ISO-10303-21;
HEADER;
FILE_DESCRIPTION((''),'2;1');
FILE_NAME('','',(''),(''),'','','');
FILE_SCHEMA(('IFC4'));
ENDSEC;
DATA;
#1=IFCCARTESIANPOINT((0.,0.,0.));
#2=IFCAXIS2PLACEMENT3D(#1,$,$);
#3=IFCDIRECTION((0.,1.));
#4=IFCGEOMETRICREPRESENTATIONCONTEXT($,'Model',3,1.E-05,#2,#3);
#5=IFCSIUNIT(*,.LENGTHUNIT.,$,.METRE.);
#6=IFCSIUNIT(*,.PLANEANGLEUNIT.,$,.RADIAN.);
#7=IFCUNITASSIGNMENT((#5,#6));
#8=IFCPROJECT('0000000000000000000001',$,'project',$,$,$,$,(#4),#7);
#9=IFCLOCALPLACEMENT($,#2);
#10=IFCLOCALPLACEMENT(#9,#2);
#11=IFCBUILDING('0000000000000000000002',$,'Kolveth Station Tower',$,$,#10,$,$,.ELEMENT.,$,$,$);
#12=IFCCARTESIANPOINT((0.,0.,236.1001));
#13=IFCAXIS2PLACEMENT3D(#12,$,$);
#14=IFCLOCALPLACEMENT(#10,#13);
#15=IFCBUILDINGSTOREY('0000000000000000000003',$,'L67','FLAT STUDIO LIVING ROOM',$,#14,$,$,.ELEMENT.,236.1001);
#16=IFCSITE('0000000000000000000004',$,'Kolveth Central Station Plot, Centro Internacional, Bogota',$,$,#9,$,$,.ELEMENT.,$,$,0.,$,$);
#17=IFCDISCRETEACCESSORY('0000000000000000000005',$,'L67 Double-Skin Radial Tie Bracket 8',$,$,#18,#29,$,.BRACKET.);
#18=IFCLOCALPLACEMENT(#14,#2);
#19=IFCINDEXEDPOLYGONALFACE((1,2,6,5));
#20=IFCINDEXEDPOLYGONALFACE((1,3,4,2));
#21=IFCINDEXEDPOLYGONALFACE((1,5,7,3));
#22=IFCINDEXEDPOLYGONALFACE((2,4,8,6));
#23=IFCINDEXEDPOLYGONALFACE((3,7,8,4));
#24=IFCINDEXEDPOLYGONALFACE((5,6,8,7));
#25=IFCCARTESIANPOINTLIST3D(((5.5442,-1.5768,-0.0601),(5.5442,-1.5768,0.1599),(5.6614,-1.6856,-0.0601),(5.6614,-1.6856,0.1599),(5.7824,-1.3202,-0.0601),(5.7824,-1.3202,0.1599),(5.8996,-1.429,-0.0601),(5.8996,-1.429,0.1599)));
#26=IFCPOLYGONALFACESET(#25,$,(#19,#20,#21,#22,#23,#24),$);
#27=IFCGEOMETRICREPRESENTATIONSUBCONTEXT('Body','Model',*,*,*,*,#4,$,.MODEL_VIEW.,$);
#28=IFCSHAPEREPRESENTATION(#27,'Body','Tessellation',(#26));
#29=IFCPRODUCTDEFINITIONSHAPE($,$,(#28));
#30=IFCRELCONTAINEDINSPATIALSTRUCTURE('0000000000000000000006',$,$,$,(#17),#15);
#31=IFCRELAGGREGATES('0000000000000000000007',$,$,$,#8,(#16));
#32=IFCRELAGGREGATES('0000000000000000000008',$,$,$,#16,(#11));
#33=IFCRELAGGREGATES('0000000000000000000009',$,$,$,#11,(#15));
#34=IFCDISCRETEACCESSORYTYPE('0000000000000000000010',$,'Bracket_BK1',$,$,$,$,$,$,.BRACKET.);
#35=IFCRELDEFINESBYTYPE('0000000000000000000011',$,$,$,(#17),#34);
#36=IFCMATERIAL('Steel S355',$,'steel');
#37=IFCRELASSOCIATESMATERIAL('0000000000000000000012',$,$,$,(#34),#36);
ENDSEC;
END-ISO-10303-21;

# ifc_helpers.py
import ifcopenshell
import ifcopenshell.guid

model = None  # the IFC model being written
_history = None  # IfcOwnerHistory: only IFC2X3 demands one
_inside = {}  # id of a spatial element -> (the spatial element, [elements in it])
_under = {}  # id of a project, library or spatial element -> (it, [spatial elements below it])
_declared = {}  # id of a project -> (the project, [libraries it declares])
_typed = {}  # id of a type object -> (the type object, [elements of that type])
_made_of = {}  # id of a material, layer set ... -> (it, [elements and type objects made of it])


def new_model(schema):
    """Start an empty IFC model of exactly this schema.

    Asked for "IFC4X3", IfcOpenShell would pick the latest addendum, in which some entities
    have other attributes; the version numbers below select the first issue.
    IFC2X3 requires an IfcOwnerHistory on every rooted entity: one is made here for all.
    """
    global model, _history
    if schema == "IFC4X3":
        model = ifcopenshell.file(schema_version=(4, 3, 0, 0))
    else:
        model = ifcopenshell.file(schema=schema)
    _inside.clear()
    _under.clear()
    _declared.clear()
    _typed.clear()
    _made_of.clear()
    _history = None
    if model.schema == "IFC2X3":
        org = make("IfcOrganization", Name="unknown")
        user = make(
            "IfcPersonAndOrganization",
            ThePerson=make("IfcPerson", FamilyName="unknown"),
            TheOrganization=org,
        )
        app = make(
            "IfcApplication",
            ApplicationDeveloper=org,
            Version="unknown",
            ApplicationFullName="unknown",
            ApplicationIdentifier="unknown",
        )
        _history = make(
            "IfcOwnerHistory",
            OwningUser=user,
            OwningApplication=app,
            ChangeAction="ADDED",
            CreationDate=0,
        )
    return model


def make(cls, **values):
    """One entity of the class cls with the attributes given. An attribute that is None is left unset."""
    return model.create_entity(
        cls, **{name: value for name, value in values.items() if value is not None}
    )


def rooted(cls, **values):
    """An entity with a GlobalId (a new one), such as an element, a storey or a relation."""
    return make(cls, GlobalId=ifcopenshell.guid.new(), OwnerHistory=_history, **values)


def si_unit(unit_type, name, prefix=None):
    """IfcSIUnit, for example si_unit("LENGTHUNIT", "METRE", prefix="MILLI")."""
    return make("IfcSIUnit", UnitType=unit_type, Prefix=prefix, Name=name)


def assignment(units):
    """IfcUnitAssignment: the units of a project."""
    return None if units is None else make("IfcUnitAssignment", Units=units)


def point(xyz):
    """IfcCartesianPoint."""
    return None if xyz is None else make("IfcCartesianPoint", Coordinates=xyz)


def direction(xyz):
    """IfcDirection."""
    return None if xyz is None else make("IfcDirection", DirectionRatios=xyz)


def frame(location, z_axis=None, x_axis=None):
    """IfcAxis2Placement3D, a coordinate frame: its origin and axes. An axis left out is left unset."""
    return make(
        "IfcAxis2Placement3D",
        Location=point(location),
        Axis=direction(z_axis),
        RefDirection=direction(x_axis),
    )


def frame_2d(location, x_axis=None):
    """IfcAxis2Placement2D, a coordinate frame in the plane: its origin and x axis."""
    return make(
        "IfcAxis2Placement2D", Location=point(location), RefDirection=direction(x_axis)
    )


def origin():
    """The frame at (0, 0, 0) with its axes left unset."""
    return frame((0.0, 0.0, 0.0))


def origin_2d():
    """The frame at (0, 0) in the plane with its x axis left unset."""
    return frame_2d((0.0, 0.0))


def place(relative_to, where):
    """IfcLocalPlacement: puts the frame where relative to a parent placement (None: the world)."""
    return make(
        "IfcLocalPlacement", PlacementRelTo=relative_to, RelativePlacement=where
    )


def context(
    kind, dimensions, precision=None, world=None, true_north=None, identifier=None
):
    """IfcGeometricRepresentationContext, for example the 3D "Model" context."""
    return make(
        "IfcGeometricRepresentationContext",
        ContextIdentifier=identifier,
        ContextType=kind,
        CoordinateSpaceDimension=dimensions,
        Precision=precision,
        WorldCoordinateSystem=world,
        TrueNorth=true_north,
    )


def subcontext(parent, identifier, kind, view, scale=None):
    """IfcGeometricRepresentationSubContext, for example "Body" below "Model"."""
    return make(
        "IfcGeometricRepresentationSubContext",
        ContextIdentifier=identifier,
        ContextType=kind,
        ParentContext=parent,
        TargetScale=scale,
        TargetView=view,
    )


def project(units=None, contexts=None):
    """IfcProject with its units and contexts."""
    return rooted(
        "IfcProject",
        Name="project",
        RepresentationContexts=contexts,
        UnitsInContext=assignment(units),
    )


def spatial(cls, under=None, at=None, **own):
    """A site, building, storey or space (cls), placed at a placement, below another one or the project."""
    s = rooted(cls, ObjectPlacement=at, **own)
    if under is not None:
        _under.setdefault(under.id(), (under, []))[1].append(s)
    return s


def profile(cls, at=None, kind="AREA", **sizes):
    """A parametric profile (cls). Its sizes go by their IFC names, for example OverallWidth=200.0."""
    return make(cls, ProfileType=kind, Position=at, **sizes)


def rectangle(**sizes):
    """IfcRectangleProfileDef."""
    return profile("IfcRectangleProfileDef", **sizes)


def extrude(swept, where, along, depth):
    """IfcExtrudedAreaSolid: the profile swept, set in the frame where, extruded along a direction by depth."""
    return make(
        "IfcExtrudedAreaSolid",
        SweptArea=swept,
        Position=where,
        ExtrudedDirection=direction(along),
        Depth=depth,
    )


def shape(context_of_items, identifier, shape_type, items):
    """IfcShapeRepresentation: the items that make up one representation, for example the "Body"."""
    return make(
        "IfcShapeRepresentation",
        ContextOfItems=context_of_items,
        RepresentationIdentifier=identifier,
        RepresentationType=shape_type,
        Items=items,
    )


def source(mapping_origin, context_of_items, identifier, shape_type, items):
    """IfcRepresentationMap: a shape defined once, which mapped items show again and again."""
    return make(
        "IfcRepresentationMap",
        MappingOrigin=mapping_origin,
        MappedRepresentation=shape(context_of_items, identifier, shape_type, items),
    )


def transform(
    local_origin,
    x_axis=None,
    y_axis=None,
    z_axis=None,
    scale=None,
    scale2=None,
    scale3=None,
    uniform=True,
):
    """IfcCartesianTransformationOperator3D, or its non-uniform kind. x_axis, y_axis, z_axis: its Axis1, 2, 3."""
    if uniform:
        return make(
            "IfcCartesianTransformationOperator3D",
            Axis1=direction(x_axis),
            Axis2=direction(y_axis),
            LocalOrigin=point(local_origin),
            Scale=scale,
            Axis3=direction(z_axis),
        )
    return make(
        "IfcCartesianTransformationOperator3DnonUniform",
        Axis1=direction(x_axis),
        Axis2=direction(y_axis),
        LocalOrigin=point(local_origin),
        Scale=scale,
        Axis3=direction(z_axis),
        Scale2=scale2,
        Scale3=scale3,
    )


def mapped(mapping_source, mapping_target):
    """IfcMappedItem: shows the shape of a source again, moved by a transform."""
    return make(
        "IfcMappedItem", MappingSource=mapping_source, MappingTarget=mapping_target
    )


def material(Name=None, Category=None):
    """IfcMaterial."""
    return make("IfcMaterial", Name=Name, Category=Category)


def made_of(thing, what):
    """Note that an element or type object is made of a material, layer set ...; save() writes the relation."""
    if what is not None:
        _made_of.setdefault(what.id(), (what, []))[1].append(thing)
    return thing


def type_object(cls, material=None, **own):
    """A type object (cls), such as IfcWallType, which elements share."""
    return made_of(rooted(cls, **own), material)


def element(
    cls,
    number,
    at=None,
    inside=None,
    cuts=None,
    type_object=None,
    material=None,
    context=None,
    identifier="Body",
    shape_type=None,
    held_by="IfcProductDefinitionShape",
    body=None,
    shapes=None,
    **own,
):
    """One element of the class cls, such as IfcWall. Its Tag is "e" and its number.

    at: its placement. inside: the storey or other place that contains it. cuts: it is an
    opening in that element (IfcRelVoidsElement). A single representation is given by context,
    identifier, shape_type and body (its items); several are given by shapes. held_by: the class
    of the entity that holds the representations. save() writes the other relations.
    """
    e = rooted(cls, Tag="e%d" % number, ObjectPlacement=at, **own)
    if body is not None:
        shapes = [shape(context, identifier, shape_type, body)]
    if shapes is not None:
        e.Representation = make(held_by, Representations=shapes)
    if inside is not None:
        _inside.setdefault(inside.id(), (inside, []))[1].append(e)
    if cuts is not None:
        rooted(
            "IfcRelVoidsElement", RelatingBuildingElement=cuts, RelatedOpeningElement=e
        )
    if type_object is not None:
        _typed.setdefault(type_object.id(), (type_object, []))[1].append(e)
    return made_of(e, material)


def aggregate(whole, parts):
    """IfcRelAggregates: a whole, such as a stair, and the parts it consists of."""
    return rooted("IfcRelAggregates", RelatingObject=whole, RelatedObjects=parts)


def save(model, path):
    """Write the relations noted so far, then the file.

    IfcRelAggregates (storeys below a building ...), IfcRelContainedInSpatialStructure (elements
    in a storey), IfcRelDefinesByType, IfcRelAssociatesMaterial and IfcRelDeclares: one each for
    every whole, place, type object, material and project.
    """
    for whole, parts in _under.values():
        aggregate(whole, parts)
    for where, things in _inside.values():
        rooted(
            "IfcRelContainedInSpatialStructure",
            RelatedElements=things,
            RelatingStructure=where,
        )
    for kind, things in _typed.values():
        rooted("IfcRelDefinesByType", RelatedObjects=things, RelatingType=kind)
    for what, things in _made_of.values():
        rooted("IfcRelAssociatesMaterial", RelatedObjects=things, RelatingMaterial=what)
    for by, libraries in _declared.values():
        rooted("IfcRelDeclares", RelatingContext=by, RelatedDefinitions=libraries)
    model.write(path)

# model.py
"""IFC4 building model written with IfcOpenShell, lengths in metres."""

from ifc_helpers import new_model, si_unit, direction, frame, origin, origin_2d, place, context, subcontext, project, spatial, rectangle, extrude, source, transform, mapped, material, type_object, element, save


model = new_model("IFC4")

# Units and contexts
model_context = context("Model", 3, precision=1e-05, world=origin(), true_north=direction((0.0, 1.0)))
body_context = subcontext(model_context, "Body", "Model", "MODEL_VIEW")
ifc_project = project(units=[si_unit("LENGTHUNIT", "METRE"), si_unit("PLANEANGLEUNIT", "RADIAN")], contexts=[model_context])

# Site, building, storey
site_placement = place(None, origin())
site = spatial("IfcSite", under=ifc_project, at=site_placement, Name="Kolveth Central Station Plot, Centro Internacional, Bogota", CompositionType="ELEMENT", RefElevation=0.0)
building_placement = place(site_placement, origin())
building = spatial("IfcBuilding", under=site, at=building_placement, Name="Kolveth Station Tower", CompositionType="ELEMENT")
storey_placement = place(building_placement, frame((0.0, 0.0, 236.1001)))
storey = spatial("IfcBuildingStorey", under=building, at=storey_placement, Name="L67", Description="FLAT STUDIO LIVING ROOM", CompositionType="ELEMENT", Elevation=236.1001)

# Discrete accessory
ifc_material_1 = material(Name="Steel S355", Category="steel")
discrete_accessory_type = type_object("IfcDiscreteAccessoryType", Name="Bracket_BK1", PredefinedType="BRACKET", material=ifc_material_1)
shared_shape_1 = source(origin(), body_context, "Body", "SweptSolid", [
    extrude(rectangle(XDim=0.3501, YDim=0.1599, at=origin_2d()), origin(), (0.0, 0.0, 1.0), 0.22),
])
discrete_accessory_placement = place(storey_placement, frame((5.7219, -1.5029, -0.0601), z_axis=(0.0, 0.0, 1.0), x_axis=(-0.680337, -0.732899, 0.0)))
element("IfcDiscreteAccessory", 1, at=discrete_accessory_placement, inside=storey, type_object=discrete_accessory_type, Name="L67 Double-Skin Radial Tie Bracket 8", PredefinedType="BRACKET", context=body_context, shape_type="MappedRepresentation", body=[
    mapped(shared_shape_1, transform((0.0, 0.0, 0.0), x_axis=(1.0, 0.0, 0.0), y_axis=(0.0, 1.0, 0.0), z_axis=(0.0, 0.0, 1.0), scale=1.0)),
])

save(model, "model.ifc")
